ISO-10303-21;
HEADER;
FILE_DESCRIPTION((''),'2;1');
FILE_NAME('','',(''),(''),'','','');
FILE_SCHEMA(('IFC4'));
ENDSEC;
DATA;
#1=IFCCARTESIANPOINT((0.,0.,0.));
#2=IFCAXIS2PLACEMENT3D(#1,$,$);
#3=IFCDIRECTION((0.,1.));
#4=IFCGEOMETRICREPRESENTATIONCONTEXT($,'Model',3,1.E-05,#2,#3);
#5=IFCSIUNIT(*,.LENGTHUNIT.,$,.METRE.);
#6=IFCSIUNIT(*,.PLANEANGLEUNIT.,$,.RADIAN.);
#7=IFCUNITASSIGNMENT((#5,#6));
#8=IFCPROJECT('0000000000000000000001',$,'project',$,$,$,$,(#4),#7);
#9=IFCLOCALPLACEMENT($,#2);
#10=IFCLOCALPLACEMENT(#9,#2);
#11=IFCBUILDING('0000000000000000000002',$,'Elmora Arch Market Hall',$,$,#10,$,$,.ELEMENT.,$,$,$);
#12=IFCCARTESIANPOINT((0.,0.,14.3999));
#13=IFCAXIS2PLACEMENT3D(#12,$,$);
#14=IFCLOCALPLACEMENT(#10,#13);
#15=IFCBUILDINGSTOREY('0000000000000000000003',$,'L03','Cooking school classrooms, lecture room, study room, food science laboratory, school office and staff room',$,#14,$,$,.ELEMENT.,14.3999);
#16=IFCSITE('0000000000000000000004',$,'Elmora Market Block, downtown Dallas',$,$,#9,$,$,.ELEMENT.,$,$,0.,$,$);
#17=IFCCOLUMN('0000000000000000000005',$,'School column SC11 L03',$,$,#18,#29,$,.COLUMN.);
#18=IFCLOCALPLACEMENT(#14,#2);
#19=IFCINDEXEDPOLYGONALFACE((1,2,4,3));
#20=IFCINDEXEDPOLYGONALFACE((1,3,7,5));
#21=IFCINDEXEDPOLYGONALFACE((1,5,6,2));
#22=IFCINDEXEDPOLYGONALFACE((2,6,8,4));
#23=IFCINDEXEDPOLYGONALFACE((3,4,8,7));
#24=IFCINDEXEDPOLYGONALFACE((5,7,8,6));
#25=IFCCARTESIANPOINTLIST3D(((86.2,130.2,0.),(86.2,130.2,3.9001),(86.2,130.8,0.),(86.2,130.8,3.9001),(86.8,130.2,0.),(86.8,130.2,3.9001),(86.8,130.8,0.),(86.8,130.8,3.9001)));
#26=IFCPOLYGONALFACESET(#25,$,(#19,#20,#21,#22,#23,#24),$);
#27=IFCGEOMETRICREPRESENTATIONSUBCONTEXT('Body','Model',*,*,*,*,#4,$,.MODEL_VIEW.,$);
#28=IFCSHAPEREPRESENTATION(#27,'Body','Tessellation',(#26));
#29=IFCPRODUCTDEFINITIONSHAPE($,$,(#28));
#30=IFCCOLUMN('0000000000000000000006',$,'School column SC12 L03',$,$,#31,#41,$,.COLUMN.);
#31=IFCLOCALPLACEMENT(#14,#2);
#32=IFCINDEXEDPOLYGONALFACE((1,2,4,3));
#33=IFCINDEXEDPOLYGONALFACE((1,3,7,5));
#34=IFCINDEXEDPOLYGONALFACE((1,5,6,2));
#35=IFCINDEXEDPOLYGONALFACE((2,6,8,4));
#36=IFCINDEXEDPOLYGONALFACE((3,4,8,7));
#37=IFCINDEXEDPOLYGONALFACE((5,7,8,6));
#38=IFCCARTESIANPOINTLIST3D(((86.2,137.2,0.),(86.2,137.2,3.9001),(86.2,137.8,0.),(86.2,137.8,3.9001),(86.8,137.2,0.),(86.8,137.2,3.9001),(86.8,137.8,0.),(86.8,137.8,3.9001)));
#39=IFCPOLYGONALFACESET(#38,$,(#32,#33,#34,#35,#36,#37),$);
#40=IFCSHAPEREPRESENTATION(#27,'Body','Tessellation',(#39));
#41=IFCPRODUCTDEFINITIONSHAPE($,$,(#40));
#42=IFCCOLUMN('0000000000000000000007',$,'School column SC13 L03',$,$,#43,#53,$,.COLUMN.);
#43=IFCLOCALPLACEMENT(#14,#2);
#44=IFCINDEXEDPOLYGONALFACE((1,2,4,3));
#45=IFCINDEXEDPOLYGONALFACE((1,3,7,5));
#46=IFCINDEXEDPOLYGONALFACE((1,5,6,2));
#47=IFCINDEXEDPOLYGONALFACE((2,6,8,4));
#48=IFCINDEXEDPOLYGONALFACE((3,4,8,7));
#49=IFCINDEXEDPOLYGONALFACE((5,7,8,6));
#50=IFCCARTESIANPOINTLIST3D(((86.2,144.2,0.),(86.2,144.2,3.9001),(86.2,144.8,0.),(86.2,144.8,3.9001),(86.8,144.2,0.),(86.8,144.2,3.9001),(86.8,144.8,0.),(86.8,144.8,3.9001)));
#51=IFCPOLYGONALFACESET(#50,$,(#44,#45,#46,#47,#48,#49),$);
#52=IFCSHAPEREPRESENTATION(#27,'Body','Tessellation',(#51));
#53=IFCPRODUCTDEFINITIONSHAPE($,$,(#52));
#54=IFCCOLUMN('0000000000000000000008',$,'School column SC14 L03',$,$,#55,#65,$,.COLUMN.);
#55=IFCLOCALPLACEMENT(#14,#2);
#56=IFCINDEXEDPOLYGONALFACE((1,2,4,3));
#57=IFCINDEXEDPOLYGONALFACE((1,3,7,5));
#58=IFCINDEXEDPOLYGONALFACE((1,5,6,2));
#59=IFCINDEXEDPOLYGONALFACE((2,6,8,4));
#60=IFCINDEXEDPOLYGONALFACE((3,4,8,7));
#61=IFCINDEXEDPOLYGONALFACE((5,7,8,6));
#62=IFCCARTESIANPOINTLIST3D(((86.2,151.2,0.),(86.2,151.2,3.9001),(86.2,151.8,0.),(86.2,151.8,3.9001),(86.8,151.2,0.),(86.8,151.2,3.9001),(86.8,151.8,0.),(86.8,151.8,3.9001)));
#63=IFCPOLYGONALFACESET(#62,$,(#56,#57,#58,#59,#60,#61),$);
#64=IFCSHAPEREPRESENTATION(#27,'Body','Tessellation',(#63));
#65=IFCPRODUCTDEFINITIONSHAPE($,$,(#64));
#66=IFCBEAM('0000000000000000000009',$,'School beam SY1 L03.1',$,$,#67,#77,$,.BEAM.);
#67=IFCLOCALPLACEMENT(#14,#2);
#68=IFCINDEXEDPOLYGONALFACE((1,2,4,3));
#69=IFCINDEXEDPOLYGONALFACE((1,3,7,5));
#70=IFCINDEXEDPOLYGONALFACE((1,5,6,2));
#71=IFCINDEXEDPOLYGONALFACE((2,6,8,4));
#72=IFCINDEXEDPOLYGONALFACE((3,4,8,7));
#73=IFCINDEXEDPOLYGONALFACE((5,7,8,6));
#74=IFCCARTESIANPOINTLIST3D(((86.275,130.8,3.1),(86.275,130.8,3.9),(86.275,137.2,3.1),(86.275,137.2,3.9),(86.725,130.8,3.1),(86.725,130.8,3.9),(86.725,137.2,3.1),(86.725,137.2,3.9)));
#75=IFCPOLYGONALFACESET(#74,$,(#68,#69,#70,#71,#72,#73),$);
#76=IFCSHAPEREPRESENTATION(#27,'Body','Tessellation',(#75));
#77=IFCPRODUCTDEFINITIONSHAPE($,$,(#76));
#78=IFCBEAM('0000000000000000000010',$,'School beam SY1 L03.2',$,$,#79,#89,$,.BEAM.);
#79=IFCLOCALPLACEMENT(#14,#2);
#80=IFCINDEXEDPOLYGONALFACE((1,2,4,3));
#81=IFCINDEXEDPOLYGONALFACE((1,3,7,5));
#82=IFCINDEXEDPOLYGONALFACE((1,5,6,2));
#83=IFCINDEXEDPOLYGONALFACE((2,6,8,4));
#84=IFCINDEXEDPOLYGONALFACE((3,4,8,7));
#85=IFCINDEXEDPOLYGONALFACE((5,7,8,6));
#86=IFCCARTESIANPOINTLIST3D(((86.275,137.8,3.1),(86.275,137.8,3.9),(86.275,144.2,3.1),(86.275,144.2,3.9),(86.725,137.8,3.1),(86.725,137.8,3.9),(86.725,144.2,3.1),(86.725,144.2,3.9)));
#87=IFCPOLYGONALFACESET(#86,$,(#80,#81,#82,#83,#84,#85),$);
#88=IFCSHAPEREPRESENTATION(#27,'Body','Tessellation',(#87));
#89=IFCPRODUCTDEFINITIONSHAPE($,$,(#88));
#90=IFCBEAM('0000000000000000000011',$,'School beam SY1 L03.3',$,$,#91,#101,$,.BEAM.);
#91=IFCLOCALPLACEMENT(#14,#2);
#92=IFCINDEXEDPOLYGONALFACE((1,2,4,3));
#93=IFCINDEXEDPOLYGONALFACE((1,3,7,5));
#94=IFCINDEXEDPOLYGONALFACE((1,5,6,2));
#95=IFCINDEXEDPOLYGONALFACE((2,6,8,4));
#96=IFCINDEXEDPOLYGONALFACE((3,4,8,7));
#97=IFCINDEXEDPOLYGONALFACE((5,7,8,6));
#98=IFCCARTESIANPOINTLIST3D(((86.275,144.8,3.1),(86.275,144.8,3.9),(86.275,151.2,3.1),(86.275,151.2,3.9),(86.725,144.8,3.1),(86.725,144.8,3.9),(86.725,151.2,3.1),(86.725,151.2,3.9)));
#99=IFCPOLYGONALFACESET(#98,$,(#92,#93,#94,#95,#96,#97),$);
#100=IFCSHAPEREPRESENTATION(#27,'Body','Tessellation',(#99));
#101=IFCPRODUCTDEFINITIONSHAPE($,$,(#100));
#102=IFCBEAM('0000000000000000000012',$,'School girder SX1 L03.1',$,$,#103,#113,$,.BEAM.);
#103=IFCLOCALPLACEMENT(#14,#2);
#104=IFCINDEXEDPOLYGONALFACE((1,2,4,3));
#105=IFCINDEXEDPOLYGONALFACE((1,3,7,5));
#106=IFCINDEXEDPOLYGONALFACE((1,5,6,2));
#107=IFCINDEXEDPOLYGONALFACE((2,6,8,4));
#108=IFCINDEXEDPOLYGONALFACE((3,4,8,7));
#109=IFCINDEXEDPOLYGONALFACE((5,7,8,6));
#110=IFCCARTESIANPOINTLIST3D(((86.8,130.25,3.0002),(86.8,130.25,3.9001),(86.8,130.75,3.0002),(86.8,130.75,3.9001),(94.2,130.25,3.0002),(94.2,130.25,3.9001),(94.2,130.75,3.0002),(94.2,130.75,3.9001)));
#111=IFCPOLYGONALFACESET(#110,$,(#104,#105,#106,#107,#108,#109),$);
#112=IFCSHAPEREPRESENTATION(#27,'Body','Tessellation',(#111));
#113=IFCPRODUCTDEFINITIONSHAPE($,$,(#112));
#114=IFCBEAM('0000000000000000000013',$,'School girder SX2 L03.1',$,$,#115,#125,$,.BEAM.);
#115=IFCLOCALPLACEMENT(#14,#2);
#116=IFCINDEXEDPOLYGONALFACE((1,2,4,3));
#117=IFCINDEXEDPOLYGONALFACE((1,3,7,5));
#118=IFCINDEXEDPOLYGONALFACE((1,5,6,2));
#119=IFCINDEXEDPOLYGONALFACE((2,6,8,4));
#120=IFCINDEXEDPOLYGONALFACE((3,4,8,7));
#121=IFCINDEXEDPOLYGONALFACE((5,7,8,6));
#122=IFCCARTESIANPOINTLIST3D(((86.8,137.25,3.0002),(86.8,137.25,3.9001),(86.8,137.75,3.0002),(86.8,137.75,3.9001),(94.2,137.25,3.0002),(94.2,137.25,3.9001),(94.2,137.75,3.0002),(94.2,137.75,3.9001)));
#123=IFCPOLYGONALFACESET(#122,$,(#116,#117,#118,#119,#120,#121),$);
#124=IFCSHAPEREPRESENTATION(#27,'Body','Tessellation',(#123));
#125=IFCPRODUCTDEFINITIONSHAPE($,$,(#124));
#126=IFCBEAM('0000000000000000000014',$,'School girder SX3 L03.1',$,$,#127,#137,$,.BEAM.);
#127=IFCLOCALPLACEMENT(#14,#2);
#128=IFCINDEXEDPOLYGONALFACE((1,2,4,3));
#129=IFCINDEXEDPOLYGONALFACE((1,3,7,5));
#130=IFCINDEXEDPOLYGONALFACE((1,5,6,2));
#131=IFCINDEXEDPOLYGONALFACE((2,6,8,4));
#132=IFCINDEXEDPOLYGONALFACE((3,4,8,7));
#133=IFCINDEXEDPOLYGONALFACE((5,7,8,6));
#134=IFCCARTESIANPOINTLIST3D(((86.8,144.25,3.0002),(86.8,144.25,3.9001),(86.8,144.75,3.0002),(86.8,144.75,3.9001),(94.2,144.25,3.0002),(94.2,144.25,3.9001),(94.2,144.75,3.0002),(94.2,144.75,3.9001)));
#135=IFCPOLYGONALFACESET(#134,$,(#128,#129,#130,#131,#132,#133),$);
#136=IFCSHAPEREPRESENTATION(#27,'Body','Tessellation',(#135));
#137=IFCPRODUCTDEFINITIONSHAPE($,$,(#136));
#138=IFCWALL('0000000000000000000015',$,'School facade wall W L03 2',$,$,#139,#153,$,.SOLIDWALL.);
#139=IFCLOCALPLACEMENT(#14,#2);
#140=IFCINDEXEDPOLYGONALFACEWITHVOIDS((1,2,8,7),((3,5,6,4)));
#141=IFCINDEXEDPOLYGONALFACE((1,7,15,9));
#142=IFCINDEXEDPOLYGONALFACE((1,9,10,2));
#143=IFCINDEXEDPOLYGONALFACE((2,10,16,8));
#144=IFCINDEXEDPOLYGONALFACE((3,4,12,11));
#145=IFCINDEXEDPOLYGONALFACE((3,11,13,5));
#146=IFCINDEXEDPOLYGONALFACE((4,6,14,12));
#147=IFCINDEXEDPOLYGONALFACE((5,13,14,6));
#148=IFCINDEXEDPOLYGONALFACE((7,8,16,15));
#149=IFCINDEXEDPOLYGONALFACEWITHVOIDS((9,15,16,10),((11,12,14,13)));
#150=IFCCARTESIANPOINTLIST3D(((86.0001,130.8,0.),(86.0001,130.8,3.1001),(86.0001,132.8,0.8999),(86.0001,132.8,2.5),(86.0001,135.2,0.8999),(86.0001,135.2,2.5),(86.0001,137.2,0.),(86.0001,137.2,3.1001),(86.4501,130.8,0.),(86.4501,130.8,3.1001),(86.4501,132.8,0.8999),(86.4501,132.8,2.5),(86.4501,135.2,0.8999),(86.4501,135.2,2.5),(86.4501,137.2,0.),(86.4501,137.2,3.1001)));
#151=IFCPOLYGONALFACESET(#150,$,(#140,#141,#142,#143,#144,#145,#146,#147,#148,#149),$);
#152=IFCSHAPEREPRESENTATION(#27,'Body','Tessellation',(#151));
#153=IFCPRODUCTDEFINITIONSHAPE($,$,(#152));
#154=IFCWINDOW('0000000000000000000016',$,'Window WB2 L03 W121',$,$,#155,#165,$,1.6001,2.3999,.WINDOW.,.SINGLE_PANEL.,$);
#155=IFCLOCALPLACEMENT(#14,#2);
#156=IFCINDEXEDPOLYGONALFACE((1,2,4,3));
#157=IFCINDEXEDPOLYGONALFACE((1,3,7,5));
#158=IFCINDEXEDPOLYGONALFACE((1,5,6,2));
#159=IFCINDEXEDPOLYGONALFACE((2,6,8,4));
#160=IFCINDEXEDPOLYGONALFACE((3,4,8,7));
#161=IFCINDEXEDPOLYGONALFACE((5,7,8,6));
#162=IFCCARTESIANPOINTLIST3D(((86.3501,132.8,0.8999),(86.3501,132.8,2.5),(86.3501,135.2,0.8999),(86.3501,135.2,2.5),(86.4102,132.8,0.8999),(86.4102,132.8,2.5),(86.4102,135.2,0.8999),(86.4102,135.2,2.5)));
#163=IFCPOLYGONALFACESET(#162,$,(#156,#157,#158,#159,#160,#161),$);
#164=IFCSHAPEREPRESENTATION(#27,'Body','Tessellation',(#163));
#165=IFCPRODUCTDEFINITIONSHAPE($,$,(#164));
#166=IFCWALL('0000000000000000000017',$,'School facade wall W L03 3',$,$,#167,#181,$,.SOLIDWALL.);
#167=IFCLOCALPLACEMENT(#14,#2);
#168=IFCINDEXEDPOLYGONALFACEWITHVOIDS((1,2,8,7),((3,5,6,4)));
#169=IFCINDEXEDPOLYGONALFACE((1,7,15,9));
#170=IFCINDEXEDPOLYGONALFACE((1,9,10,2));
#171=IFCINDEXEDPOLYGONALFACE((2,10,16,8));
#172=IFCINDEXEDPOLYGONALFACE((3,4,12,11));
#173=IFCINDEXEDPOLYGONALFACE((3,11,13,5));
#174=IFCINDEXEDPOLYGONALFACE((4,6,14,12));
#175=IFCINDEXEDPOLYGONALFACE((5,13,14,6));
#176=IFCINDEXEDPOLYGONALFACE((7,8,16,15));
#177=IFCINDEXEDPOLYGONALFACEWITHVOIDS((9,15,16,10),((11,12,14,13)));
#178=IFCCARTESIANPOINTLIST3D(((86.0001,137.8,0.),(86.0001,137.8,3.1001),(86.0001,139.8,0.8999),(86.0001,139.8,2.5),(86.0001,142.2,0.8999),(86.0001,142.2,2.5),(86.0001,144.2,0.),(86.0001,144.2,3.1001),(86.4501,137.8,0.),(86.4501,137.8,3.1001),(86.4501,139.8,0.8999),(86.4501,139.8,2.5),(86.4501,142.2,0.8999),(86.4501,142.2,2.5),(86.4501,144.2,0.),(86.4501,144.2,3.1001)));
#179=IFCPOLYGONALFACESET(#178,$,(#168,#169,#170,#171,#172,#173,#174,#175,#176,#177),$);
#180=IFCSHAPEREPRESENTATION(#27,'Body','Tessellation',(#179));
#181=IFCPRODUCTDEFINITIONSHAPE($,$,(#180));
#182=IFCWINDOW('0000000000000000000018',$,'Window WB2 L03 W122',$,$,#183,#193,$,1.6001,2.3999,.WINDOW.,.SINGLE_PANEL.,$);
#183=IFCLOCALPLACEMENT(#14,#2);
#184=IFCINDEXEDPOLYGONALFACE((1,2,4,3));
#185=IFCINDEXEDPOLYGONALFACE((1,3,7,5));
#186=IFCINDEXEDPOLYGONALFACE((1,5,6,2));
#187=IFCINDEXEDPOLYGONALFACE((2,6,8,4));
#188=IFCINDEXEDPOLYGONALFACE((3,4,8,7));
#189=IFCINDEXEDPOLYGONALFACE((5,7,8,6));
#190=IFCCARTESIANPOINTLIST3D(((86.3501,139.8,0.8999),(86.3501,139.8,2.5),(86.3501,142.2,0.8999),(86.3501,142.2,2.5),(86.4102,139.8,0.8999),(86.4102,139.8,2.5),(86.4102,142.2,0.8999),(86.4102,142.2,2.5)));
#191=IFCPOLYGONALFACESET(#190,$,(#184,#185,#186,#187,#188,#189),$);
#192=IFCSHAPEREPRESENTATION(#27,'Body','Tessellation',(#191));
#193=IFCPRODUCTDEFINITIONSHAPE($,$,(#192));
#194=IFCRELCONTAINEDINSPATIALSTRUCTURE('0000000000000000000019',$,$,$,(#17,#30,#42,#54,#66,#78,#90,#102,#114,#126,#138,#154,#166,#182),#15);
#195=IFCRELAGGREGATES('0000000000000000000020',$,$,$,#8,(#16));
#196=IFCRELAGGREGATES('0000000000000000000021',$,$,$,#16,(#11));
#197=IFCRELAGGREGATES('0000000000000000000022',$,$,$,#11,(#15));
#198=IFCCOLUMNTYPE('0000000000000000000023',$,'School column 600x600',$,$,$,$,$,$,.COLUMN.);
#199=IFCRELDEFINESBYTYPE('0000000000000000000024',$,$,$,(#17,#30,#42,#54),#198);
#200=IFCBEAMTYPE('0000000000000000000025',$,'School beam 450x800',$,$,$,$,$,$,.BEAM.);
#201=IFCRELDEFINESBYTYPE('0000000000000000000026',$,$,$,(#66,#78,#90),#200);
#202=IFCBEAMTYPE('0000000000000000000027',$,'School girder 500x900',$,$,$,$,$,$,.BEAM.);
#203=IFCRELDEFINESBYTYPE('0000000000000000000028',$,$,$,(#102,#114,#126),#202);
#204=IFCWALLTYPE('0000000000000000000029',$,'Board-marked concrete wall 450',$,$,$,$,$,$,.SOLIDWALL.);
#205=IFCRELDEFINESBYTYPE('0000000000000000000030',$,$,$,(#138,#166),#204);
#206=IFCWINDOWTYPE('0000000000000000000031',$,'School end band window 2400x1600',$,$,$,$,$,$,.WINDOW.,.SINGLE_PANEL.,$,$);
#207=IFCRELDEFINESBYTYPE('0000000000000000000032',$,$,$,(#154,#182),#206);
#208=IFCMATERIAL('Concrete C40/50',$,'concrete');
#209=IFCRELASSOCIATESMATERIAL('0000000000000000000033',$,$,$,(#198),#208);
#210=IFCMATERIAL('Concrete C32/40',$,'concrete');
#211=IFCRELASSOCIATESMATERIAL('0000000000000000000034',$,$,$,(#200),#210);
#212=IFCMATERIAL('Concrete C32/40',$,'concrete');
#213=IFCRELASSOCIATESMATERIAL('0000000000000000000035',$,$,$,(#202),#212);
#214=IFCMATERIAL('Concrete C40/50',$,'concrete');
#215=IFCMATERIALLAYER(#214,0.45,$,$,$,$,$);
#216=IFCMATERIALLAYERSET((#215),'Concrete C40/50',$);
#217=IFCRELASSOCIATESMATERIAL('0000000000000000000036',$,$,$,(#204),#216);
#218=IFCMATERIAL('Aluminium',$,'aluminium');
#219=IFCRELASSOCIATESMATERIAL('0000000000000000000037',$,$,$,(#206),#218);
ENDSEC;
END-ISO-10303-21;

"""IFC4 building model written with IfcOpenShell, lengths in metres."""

from ifc_helpers import new_model, si_unit, direction, frame, frame_2d, origin, origin_2d, place, context, subcontext, project, spatial, rectangle, extrude, material, layer, layer_set, material_profile, profile_set, type_object, element, fill, save


model = new_model("IFC4")

# Units and contexts
model_context = context("Model", 3, precision=1e-05, world=origin(), true_north=direction((0.0, 1.0)))
body_context = subcontext(model_context, "Body", "Model", "MODEL_VIEW")
ifc_project = project(units=[si_unit("LENGTHUNIT", "METRE"), si_unit("PLANEANGLEUNIT", "RADIAN")], contexts=[model_context])

# Site, building, storey
site_placement = place(None, origin())
site = spatial("IfcSite", under=ifc_project, at=site_placement, Name="Elmora Market Block, downtown Dallas", CompositionType="ELEMENT", RefElevation=0.0)
building_placement = place(site_placement, origin())
building = spatial("IfcBuilding", under=site, at=building_placement, Name="Elmora Arch Market Hall", CompositionType="ELEMENT")
storey_placement = place(building_placement, frame((0.0, 0.0, 14.3999)))
storey = spatial("IfcBuildingStorey", under=building, at=storey_placement, Name="L03", Description="Cooking school classrooms, lecture room, study room, food science laboratory, school office and staff room", CompositionType="ELEMENT", Elevation=14.3999)

# Columns
ifc_material_1 = material(Name="Concrete C40/50", Category="concrete")
ifc_material_profile_1 = material_profile(ifc_material_1, rectangle(XDim=0.6001, YDim=0.6001, at=origin_2d()), Name="School column 600x600")
ifc_profile_set_1 = profile_set([ifc_material_profile_1], Name="Concrete C40/50")
column_type = type_object("IfcColumnType", Name="School column 600x600", PredefinedType="COLUMN", material=ifc_profile_set_1)
for number, where, z_axis, x_axis, name in (
    (1, (86.5, 130.5, 0.0), (0.0, 0.0, 1.0), (1.0, 0.0, 0.0), "School column SC11 L03"),
    (2, (86.5, 137.5, 0.0), (0.0, 0.0, 1.0), (1.0, 0.0, 0.0), "School column SC12 L03"),
    (3, (86.5, 144.5, 0.0), (0.0, 0.0, 1.0), (1.0, 0.0, 0.0), "School column SC13 L03"),
    (4, (86.5, 151.5, 0.0), (0.0, 0.0, 1.0), (1.0, 0.0, 0.0), "School column SC14 L03"),
):
    element("IfcColumn", number, at=place(storey_placement, frame(where, z_axis=z_axis, x_axis=x_axis)), inside=storey, type_object=column_type, Name=name, PredefinedType="COLUMN", context=body_context, shape_type="SweptSolid", body=[
        extrude(rectangle(XDim=0.6001, YDim=0.6001, at=origin_2d()), origin(), (0.0, 0.0, 1.0), 3.9001),
    ])

# Beams
ifc_material_2 = material(Name="Concrete C32/40", Category="concrete")
ifc_material_profile_2 = material_profile(ifc_material_2, rectangle(XDim=0.45, YDim=0.8, at=origin_2d()), Name="School beam 450x800")
ifc_profile_set_2 = profile_set([ifc_material_profile_2], Name="Concrete C32/40")
beam_type_1 = type_object("IfcBeamType", Name="School beam 450x800", PredefinedType="BEAM", material=ifc_profile_set_2)
for number, where, z_axis, x_axis, name in (
    (5, (86.5, 130.8, 3.5), (0.0, 1.0, 0.0), (-1.0, 0.0, 0.0), "School beam SY1 L03.1"),
    (6, (86.5, 137.8, 3.5), (0.0, 1.0, 0.0), (-1.0, 0.0, 0.0), "School beam SY1 L03.2"),
    (7, (86.5, 144.8, 3.5), (0.0, 1.0, 0.0), (-1.0, 0.0, 0.0), "School beam SY1 L03.3"),
):
    element("IfcBeam", number, at=place(storey_placement, frame(where, z_axis=z_axis, x_axis=x_axis)), inside=storey, type_object=beam_type_1, Name=name, PredefinedType="BEAM", context=body_context, shape_type="SweptSolid", body=[
        extrude(rectangle(XDim=0.45, YDim=0.8, at=origin_2d()), origin(), (0.0, 0.0, 1.0), 6.3999),
    ])
ifc_material_3 = material(Name="Concrete C32/40", Category="concrete")
ifc_material_profile_3 = material_profile(ifc_material_3, rectangle(XDim=0.5, YDim=0.8999, at=origin_2d()), Name="School girder 500x900")
ifc_profile_set_3 = profile_set([ifc_material_profile_3], Name="Concrete C32/40")
beam_type_2 = type_object("IfcBeamType", Name="School girder 500x900", PredefinedType="BEAM", material=ifc_profile_set_3)
for number, where, z_axis, x_axis, name in (
    (8, (86.8, 130.5, 3.4502), (1.0, 0.0, 0.0), (0.0, 1.0, 0.0), "School girder SX1 L03.1"),
    (9, (86.8, 137.5, 3.4502), (1.0, 0.0, 0.0), (0.0, 1.0, 0.0), "School girder SX2 L03.1"),
    (10, (86.8, 144.5, 3.4502), (1.0, 0.0, 0.0), (0.0, 1.0, 0.0), "School girder SX3 L03.1"),
):
    element("IfcBeam", number, at=place(storey_placement, frame(where, z_axis=z_axis, x_axis=x_axis)), inside=storey, type_object=beam_type_2, Name=name, PredefinedType="BEAM", context=body_context, shape_type="SweptSolid", body=[
        extrude(rectangle(XDim=0.5, YDim=0.8999, at=origin_2d()), origin(), (0.0, 0.0, 1.0), 7.3999),
    ])

# Walls, openings, windows
ifc_material_4 = material(Name="Concrete C40/50", Category="concrete")
ifc_layer_1 = layer(ifc_material_4, 0.45)
ifc_layer_set_1 = layer_set([ifc_layer_1], Name="Concrete C40/50")
wall_type_1 = type_object("IfcWallType", Name="Board-marked concrete wall 450", PredefinedType="SOLIDWALL", material=ifc_layer_set_1)
wall_1_placement = place(storey_placement, frame((86.2251, 130.8, 0.0), z_axis=(0.0, 0.0, 1.0), x_axis=(0.0, 1.0, 0.0)))
wall_1 = element("IfcWall", 11, at=wall_1_placement, inside=storey, type_object=wall_type_1, Name="School facade wall W L03 2", PredefinedType="SOLIDWALL", context=body_context, shape_type="SweptSolid", body=[
    extrude(rectangle(XDim=6.3999, YDim=0.45, at=frame_2d((3.2, 0.0))), origin(), (0.0, 0.0, 1.0), 3.1001),
])
opening_1_placement = place(wall_1_placement, frame((2.0, 0.0, 0.8999)))
opening_1 = element("IfcOpeningElement", 12, at=opening_1_placement, cuts=wall_1, PredefinedType="OPENING", context=body_context, shape_type="SweptSolid", body=[
    extrude(rectangle(XDim=2.3999, YDim=1.6001, at=frame_2d((1.2, 0.8))), frame((0.0, 0.2349, 0.0), z_axis=(0.0, -1.0, 0.0), x_axis=(1.0, 0.0, 0.0)), (0.0, 0.0, 1.0), 0.47),
])
ifc_material_5 = material(Name="Aluminium", Category="aluminium")
window_type = type_object("IfcWindowType", Name="School end band window 2400x1600", PartitioningType="SINGLE_PANEL", PredefinedType="WINDOW", material=ifc_material_5)
window_1_placement = place(opening_1_placement, origin())
window_1 = element("IfcWindow", 13, at=window_1_placement, inside=storey, type_object=window_type, Name="Window WB2 L03 W121", OverallHeight=1.6001, OverallWidth=2.3999, PartitioningType="SINGLE_PANEL", PredefinedType="WINDOW", context=body_context, shape_type="SweptSolid", body=[
    extrude(rectangle(XDim=2.3999, YDim=1.6001, at=frame_2d((1.2, 0.8))), frame((0.0, -0.125, 0.0), z_axis=(0.0, -1.0, 0.0), x_axis=(1.0, 0.0, 0.0)), (0.0, 0.0, 1.0), 0.0601),
])
fill(opening_1, window_1)
wall_2_placement = place(storey_placement, frame((86.2251, 137.8, 0.0), z_axis=(0.0, 0.0, 1.0), x_axis=(0.0, 1.0, 0.0)))
wall_2 = element("IfcWall", 14, at=wall_2_placement, inside=storey, type_object=wall_type_1, Name="School facade wall W L03 3", PredefinedType="SOLIDWALL", context=body_context, shape_type="SweptSolid", body=[
    extrude(rectangle(XDim=6.3999, YDim=0.45, at=frame_2d((3.2, 0.0))), origin(), (0.0, 0.0, 1.0), 3.1001),
])
opening_2_placement = place(wall_2_placement, frame((2.0, 0.0, 0.8999)))
opening_2 = element("IfcOpeningElement", 15, at=opening_2_placement, cuts=wall_2, PredefinedType="OPENING", context=body_context, shape_type="SweptSolid", body=[
    extrude(rectangle(XDim=2.3999, YDim=1.6001, at=frame_2d((1.2, 0.8))), frame((0.0, 0.2349, 0.0), z_axis=(0.0, -1.0, 0.0), x_axis=(1.0, 0.0, 0.0)), (0.0, 0.0, 1.0), 0.47),
])
window_2_placement = place(opening_2_placement, origin())
window_2 = element("IfcWindow", 16, at=window_2_placement, inside=storey, type_object=window_type, Name="Window WB2 L03 W122", OverallHeight=1.6001, OverallWidth=2.3999, PartitioningType="SINGLE_PANEL", PredefinedType="WINDOW", context=body_context, shape_type="SweptSolid", body=[
    extrude(rectangle(XDim=2.3999, YDim=1.6001, at=frame_2d((1.2, 0.8))), frame((0.0, -0.125, 0.0), z_axis=(0.0, -1.0, 0.0), x_axis=(1.0, 0.0, 0.0)), (0.0, 0.0, 1.0), 0.0601),
])
fill(opening_2, window_2)

save(model, "model.ifc")
